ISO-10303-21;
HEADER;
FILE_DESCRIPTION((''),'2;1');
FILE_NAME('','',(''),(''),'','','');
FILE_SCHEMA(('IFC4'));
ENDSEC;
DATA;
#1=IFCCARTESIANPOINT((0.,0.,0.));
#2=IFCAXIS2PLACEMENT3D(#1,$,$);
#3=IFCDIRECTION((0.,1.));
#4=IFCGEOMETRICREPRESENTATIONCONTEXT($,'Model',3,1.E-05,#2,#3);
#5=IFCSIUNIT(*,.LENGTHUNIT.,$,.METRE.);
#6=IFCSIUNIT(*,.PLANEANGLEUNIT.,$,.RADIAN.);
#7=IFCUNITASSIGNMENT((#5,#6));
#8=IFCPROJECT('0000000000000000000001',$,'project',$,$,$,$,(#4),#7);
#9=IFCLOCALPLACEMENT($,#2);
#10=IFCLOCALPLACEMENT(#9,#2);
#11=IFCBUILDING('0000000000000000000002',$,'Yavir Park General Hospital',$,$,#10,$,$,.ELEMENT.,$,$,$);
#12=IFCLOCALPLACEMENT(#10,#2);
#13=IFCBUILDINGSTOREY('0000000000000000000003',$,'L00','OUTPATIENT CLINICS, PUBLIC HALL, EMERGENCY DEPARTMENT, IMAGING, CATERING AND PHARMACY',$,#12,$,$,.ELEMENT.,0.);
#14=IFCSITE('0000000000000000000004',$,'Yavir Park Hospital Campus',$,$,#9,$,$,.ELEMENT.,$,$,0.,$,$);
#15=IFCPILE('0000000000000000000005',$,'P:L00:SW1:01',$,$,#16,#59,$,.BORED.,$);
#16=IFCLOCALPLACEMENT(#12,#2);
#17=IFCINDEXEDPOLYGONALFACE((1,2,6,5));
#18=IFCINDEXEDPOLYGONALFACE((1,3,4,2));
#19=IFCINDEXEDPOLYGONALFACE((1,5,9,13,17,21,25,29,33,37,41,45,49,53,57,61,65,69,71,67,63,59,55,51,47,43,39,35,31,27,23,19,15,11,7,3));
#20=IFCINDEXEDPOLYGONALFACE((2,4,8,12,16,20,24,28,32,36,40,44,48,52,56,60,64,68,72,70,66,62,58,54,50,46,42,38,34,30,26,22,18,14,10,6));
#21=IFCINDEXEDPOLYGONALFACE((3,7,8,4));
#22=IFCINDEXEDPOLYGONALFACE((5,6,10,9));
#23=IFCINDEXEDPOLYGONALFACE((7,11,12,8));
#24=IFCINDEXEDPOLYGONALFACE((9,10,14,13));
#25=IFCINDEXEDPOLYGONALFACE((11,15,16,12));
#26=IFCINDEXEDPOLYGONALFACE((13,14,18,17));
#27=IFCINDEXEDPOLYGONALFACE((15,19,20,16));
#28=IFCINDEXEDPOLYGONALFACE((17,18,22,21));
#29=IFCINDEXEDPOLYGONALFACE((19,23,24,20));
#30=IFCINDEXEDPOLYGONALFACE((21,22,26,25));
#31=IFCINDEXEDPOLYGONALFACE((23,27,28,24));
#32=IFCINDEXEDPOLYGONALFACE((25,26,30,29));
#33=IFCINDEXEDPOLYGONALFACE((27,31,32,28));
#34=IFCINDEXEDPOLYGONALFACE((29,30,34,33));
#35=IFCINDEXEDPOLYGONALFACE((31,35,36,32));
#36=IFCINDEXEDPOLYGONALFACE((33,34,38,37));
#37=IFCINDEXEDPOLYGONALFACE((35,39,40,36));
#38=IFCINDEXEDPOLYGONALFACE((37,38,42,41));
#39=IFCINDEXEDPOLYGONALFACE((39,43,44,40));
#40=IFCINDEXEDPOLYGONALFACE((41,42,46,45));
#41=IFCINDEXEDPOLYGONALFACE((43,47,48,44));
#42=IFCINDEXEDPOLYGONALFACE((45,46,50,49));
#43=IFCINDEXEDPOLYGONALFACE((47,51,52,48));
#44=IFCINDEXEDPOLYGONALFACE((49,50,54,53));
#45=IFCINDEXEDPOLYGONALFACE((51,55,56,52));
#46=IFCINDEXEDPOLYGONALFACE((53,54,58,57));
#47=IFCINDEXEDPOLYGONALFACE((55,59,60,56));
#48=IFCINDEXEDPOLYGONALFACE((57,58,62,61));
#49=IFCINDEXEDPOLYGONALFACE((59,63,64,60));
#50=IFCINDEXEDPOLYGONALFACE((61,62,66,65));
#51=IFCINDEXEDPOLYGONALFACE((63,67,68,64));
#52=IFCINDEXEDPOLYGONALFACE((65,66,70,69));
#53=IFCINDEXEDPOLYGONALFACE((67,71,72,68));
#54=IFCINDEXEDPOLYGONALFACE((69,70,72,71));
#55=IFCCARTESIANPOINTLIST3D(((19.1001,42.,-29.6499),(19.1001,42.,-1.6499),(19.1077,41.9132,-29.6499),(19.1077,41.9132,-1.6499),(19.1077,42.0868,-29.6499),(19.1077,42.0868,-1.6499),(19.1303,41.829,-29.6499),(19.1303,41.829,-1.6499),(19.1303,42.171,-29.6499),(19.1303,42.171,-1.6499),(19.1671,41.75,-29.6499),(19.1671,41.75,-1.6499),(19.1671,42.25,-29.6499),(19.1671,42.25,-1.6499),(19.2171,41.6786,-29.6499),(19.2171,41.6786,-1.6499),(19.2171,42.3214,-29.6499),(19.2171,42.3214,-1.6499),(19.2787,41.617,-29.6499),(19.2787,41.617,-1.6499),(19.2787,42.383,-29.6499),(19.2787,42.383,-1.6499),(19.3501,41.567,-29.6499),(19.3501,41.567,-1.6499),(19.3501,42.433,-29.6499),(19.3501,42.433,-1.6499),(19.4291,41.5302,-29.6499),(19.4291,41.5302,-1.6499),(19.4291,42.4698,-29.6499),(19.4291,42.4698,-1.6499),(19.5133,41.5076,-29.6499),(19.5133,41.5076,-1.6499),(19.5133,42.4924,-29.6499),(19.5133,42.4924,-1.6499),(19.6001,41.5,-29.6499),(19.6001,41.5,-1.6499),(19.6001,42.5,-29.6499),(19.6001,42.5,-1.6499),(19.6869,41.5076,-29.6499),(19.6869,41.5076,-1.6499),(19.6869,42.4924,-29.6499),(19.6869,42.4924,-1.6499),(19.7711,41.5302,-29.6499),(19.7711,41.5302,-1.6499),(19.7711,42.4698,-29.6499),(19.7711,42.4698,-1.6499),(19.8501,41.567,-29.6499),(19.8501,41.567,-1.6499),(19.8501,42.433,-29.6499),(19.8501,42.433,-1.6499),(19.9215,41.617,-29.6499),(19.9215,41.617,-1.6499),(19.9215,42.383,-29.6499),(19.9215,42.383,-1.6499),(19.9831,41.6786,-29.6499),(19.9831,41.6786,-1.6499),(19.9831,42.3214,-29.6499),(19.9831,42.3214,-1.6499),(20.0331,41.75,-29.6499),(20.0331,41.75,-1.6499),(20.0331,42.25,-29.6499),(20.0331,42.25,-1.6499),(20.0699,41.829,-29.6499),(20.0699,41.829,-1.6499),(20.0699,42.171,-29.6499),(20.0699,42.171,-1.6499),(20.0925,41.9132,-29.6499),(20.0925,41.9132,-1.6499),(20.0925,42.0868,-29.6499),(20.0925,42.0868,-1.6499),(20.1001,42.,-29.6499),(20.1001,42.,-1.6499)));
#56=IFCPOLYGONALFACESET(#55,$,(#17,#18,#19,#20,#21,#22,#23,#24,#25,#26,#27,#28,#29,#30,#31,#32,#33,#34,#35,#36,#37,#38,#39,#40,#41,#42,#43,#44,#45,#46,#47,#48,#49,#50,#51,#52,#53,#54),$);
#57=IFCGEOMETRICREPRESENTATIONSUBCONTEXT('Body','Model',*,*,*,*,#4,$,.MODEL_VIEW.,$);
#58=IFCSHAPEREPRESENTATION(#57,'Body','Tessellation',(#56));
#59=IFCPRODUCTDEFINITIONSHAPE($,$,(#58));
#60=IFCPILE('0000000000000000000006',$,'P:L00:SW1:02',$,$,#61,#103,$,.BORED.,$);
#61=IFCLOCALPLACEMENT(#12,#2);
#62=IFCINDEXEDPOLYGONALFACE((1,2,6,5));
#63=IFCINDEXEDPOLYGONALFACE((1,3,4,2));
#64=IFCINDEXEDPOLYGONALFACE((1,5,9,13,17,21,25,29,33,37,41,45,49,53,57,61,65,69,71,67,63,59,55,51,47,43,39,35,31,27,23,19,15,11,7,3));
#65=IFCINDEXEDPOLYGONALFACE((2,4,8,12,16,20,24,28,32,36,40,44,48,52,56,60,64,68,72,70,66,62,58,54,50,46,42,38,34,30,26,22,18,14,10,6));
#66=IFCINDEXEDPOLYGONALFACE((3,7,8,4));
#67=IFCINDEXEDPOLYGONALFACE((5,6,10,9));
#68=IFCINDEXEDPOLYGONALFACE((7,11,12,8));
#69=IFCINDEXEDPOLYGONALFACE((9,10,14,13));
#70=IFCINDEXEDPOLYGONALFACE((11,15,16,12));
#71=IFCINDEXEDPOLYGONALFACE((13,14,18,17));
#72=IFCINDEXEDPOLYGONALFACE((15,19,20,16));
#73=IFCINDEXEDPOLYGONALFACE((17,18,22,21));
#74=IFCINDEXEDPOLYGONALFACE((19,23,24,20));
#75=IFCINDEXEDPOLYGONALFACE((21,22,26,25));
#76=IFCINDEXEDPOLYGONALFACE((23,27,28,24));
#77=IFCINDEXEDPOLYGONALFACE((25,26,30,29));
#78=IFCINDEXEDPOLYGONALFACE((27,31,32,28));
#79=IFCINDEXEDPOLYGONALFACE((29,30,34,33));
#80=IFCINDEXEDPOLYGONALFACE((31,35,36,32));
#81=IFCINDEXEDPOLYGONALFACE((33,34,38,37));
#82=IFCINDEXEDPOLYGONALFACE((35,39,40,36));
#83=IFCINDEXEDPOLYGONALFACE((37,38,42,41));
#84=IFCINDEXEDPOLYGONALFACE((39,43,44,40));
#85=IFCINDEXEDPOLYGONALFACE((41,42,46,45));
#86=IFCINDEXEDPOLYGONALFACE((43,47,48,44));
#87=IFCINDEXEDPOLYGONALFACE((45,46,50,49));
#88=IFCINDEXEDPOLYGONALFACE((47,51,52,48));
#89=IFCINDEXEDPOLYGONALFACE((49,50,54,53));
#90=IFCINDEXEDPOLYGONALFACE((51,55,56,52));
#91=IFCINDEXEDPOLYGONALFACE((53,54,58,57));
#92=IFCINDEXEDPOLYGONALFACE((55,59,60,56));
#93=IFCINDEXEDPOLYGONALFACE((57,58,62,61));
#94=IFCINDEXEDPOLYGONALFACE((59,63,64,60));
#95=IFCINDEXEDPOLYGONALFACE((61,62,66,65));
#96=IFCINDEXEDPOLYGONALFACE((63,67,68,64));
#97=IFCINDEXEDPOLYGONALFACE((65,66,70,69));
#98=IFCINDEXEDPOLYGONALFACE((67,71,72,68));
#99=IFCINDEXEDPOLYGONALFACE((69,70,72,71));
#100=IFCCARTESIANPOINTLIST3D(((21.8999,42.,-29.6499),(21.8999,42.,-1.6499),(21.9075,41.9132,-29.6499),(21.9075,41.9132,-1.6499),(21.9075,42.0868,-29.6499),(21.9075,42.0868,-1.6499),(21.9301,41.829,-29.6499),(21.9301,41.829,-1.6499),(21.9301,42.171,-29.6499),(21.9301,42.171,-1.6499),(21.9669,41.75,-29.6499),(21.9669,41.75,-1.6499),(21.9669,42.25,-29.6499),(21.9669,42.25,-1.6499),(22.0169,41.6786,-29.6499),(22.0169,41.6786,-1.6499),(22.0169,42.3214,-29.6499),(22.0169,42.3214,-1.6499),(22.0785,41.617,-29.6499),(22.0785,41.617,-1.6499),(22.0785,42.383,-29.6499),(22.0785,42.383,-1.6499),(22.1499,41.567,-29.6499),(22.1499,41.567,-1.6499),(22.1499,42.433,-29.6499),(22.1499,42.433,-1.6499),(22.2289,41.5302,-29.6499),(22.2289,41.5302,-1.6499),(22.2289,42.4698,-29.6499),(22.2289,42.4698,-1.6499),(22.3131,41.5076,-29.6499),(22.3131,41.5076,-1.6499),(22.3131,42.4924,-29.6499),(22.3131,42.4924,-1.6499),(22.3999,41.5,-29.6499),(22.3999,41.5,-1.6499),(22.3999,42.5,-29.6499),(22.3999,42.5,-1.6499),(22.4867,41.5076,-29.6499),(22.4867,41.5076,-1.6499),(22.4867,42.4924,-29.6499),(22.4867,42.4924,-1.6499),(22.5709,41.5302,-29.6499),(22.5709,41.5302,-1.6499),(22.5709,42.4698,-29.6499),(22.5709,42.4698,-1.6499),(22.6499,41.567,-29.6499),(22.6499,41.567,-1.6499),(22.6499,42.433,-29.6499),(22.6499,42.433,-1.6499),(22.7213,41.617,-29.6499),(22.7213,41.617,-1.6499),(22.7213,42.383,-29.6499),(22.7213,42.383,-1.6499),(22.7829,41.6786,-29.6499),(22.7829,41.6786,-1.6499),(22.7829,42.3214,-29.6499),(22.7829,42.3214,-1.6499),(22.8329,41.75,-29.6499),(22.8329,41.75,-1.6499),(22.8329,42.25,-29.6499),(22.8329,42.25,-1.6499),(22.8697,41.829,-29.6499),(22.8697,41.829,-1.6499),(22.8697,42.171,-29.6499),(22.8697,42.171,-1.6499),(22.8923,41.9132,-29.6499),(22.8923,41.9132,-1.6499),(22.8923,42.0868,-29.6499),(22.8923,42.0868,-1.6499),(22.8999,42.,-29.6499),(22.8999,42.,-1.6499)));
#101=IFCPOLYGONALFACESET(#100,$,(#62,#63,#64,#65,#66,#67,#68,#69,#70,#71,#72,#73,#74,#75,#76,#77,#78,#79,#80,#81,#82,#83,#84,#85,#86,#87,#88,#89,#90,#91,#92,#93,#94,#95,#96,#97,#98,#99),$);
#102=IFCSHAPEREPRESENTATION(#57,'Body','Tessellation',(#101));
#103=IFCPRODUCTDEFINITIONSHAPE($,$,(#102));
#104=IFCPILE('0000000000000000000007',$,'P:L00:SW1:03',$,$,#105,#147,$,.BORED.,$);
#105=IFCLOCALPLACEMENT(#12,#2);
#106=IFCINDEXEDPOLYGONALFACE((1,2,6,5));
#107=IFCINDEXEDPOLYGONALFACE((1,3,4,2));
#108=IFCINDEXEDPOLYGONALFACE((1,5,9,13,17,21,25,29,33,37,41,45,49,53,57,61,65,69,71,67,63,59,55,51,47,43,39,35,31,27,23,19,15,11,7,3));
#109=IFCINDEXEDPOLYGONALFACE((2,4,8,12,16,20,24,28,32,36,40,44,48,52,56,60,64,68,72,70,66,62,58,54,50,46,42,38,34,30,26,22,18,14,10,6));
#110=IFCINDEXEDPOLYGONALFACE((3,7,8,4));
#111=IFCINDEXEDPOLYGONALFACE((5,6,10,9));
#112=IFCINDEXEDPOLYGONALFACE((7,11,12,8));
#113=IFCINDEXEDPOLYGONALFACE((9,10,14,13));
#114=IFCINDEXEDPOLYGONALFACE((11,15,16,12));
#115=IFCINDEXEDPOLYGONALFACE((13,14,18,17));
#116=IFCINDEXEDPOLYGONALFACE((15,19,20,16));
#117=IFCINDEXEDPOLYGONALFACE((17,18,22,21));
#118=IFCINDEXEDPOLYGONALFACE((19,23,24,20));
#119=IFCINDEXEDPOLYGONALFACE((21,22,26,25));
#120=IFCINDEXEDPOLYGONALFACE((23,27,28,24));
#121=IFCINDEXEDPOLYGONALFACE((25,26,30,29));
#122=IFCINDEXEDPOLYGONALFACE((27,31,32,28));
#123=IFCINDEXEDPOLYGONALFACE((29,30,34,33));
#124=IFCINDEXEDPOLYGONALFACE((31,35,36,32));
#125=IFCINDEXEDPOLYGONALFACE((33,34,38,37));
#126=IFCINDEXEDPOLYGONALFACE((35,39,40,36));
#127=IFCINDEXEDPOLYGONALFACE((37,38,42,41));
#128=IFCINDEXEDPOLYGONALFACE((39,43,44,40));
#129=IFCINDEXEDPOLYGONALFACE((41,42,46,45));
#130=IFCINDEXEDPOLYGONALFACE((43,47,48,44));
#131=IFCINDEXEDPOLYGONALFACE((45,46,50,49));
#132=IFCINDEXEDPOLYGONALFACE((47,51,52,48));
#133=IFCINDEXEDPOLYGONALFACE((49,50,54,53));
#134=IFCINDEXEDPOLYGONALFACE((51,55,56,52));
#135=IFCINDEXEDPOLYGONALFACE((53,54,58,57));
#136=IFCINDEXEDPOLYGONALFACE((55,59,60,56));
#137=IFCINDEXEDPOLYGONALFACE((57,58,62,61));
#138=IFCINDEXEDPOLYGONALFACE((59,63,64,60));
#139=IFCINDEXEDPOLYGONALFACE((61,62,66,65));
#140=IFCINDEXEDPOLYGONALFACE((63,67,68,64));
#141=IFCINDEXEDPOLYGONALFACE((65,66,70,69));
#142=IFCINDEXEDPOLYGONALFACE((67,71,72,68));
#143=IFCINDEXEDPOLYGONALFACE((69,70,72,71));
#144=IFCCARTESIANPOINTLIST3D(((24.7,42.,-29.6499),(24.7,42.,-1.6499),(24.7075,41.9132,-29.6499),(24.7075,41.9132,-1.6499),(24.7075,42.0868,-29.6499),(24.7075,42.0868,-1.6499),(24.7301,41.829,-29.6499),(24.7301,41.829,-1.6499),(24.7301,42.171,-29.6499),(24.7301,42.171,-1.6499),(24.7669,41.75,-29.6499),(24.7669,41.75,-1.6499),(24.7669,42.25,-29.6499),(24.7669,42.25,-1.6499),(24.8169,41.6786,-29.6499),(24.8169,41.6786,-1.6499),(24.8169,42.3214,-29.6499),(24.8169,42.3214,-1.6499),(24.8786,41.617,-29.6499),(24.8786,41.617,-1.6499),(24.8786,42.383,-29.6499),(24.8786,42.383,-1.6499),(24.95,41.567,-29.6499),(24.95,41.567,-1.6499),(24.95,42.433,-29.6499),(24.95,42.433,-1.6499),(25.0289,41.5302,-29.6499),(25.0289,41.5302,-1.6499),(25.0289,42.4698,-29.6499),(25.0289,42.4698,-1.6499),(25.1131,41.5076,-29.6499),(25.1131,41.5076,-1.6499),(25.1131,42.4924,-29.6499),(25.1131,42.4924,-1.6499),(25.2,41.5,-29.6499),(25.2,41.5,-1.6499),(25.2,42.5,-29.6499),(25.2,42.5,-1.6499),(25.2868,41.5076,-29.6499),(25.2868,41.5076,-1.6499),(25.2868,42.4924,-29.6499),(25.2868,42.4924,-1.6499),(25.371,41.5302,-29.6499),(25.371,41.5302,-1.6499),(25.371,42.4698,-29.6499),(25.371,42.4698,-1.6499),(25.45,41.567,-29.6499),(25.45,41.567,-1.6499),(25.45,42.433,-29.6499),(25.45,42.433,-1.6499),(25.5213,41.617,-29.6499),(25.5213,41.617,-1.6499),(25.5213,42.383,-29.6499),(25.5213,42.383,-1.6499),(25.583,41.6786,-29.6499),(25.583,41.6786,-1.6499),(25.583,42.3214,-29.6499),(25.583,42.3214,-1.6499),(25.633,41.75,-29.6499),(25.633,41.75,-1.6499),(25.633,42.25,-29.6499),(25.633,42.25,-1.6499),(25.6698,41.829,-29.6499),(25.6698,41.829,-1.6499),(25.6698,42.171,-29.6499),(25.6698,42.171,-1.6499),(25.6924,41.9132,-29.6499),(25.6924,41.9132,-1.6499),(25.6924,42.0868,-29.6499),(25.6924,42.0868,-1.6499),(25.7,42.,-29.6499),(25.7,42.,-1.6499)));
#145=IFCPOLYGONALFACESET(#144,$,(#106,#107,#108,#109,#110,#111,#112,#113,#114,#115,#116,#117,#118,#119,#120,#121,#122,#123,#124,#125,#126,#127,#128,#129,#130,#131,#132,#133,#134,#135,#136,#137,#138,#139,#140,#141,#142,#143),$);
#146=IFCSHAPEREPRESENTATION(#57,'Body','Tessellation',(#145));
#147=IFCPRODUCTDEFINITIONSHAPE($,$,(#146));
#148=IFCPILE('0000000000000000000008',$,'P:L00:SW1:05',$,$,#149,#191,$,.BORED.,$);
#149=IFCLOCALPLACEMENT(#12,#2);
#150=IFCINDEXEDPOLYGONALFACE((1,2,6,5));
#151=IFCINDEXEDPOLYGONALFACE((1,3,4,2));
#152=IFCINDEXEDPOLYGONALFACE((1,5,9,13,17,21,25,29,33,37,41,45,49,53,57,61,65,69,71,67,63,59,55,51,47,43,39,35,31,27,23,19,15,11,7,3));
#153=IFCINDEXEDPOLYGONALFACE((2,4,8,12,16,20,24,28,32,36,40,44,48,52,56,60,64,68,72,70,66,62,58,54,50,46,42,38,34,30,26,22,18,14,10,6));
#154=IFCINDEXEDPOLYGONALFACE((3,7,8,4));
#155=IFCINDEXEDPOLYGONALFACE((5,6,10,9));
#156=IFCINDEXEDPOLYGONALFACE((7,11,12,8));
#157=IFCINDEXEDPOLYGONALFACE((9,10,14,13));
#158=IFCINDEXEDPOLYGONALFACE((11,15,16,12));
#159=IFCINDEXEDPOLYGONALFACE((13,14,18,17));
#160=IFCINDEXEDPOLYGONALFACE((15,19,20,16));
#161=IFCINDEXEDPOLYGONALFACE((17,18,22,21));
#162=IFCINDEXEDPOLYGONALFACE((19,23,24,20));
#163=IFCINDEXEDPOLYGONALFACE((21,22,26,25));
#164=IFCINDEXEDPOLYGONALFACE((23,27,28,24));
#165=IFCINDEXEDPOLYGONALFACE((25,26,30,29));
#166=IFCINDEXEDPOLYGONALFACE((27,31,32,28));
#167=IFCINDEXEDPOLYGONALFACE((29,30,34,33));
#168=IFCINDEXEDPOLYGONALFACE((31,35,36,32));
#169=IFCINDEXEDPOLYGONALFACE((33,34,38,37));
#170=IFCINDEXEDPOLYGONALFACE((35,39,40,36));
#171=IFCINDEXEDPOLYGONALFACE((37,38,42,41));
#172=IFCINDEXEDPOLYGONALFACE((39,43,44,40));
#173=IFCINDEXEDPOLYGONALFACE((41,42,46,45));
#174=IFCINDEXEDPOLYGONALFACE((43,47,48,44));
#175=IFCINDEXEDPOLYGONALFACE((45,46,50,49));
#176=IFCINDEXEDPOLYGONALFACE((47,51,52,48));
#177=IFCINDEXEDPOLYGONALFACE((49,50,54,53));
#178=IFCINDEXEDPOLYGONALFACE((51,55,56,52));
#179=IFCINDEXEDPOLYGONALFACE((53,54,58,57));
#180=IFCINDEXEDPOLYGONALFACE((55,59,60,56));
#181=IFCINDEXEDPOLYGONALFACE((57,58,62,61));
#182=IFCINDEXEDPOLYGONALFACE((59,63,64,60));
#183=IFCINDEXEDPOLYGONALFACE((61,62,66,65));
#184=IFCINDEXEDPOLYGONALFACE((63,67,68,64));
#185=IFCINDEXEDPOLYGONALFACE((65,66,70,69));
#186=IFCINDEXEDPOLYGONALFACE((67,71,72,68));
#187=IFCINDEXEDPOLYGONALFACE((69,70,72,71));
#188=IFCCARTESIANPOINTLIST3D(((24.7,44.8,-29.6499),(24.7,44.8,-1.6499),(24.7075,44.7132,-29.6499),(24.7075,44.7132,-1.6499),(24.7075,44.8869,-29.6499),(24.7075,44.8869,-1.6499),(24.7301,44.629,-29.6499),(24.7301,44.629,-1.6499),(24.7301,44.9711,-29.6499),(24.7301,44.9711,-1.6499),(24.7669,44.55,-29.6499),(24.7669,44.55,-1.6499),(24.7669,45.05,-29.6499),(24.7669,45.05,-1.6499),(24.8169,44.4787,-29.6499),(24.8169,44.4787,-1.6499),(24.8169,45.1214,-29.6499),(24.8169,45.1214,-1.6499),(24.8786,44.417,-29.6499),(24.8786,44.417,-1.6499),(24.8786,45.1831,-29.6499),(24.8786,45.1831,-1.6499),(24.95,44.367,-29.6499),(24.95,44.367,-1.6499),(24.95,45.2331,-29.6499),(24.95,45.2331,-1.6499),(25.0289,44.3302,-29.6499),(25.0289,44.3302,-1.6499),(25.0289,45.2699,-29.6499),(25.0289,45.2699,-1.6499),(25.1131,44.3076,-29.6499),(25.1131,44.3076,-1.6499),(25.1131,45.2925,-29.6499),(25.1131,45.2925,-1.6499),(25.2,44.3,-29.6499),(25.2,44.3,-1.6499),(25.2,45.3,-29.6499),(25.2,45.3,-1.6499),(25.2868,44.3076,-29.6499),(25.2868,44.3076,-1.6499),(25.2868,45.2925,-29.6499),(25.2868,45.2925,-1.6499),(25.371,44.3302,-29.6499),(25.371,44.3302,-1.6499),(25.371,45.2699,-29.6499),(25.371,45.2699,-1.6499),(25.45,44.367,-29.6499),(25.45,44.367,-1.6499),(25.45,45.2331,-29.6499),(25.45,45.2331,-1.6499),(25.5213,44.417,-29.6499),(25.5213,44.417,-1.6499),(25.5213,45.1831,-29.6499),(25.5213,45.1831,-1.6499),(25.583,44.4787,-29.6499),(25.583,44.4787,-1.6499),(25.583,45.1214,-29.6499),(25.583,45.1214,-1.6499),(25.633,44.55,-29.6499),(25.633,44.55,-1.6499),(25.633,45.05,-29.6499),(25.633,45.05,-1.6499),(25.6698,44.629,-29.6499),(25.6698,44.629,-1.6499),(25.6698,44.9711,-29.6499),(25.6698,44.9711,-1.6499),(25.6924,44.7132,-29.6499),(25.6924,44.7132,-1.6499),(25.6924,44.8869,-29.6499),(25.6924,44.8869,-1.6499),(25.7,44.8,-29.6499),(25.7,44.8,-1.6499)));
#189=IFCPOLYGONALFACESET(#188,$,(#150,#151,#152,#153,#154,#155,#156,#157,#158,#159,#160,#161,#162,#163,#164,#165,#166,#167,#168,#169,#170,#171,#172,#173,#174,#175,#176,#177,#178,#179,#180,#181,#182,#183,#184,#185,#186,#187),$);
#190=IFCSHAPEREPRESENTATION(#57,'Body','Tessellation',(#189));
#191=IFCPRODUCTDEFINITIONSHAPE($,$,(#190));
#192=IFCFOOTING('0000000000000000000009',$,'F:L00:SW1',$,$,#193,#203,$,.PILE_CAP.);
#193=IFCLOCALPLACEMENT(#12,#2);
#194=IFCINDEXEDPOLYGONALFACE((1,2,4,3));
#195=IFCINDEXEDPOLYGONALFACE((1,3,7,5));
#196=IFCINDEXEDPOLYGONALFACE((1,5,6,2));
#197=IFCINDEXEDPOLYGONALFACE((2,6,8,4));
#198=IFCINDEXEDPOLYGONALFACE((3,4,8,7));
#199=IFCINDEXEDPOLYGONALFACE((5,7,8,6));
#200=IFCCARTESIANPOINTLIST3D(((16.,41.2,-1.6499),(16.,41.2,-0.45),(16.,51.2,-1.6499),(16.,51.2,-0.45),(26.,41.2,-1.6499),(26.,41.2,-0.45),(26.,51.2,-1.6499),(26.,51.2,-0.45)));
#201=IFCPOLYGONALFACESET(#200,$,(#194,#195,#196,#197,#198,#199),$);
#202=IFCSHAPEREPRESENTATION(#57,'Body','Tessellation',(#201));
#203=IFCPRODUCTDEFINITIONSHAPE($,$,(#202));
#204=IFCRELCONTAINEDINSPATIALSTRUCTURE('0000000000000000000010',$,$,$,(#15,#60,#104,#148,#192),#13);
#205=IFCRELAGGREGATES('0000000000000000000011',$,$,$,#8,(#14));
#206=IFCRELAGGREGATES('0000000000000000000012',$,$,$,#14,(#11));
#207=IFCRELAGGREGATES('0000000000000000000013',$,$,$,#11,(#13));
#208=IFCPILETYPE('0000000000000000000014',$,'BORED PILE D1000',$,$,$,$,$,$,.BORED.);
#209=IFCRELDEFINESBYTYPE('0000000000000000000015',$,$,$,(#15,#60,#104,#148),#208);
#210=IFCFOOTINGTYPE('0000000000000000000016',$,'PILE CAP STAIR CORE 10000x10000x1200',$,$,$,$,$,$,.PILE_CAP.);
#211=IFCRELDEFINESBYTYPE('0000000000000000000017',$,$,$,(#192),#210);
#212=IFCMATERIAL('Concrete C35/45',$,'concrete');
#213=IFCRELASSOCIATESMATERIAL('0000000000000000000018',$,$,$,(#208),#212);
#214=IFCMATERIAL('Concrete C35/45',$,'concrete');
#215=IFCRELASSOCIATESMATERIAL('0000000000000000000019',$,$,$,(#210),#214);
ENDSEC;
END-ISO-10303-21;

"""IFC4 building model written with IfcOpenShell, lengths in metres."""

from ifc_helpers import new_model, si_unit, direction, frame, origin, origin_2d, place, context, subcontext, project, spatial, rectangle, circle, extrude, material, material_profile, profile_set, type_object, element, save


model = new_model("IFC4")

# Units and contexts
model_context = context("Model", 3, precision=1e-05, world=origin(), true_north=direction((0.0, 1.0)))
body_context = subcontext(model_context, "Body", "Model", "MODEL_VIEW")
ifc_project = project(units=[si_unit("LENGTHUNIT", "METRE"), si_unit("PLANEANGLEUNIT", "RADIAN")], contexts=[model_context])

# Site, building, storey
site_placement = place(None, origin())
site = spatial("IfcSite", under=ifc_project, at=site_placement, Name="Yavir Park Hospital Campus", CompositionType="ELEMENT", RefElevation=0.0)
building_placement = place(site_placement, origin())
building = spatial("IfcBuilding", under=site, at=building_placement, Name="Yavir Park General Hospital", CompositionType="ELEMENT")
storey_placement = place(building_placement, origin())
storey = spatial("IfcBuildingStorey", under=building, at=storey_placement, Name="L00", Description="OUTPATIENT CLINICS, PUBLIC HALL, EMERGENCY DEPARTMENT, IMAGING, CATERING AND PHARMACY", CompositionType="ELEMENT", Elevation=0.0)

# Piles
ifc_material_1 = material(Name="Concrete C35/45", Category="concrete")
ifc_material_profile_1 = material_profile(ifc_material_1, circle(Radius=0.5, at=origin_2d()), Name="D1000")
ifc_profile_set_1 = profile_set([ifc_material_profile_1], Name="Concrete C35/45")
pile_type = type_object("IfcPileType", Name="BORED PILE D1000", PredefinedType="BORED", material=ifc_profile_set_1)
for number, where, z_axis, x_axis, name in (
    (1, (19.6001, 42.0, -1.6499), (0.0, 0.0, -1.0), (1.0, 0.0, 0.0), "P:L00:SW1:01"),
    (2, (22.3999, 42.0, -1.6499), (0.0, 0.0, -1.0), (1.0, 0.0, 0.0), "P:L00:SW1:02"),
    (3, (25.2, 42.0, -1.6499), (0.0, 0.0, -1.0), (1.0, 0.0, 0.0), "P:L00:SW1:03"),
    (4, (25.2, 44.8, -1.6499), (0.0, 0.0, -1.0), (1.0, 0.0, 0.0), "P:L00:SW1:05"),
):
    element("IfcPile", number, at=place(storey_placement, frame(where, z_axis=z_axis, x_axis=x_axis)), inside=storey, type_object=pile_type, Name=name, PredefinedType="BORED", context=body_context, shape_type="SweptSolid", body=[
        extrude(circle(Radius=0.5, at=origin_2d()), origin(), (0.0, 0.0, 1.0), 28.0),
    ])

# Footing
ifc_material_2 = material(Name="Concrete C35/45", Category="concrete")
footing_type = type_object("IfcFootingType", Name="PILE CAP STAIR CORE 10000x10000x1200", PredefinedType="PILE_CAP", material=ifc_material_2)
footing_placement = place(storey_placement, frame((21.0, 46.2, -1.6499), z_axis=(0.0, 0.0, 1.0), x_axis=(1.0, 0.0, 0.0)))
element("IfcFooting", 5, at=footing_placement, inside=storey, type_object=footing_type, Name="F:L00:SW1", PredefinedType="PILE_CAP", context=body_context, shape_type="SweptSolid", body=[
    extrude(rectangle(XDim=10.0, YDim=10.0, at=origin_2d()), origin(), (0.0, 0.0, 1.0), 1.2),
])

save(model, "model.ifc")
